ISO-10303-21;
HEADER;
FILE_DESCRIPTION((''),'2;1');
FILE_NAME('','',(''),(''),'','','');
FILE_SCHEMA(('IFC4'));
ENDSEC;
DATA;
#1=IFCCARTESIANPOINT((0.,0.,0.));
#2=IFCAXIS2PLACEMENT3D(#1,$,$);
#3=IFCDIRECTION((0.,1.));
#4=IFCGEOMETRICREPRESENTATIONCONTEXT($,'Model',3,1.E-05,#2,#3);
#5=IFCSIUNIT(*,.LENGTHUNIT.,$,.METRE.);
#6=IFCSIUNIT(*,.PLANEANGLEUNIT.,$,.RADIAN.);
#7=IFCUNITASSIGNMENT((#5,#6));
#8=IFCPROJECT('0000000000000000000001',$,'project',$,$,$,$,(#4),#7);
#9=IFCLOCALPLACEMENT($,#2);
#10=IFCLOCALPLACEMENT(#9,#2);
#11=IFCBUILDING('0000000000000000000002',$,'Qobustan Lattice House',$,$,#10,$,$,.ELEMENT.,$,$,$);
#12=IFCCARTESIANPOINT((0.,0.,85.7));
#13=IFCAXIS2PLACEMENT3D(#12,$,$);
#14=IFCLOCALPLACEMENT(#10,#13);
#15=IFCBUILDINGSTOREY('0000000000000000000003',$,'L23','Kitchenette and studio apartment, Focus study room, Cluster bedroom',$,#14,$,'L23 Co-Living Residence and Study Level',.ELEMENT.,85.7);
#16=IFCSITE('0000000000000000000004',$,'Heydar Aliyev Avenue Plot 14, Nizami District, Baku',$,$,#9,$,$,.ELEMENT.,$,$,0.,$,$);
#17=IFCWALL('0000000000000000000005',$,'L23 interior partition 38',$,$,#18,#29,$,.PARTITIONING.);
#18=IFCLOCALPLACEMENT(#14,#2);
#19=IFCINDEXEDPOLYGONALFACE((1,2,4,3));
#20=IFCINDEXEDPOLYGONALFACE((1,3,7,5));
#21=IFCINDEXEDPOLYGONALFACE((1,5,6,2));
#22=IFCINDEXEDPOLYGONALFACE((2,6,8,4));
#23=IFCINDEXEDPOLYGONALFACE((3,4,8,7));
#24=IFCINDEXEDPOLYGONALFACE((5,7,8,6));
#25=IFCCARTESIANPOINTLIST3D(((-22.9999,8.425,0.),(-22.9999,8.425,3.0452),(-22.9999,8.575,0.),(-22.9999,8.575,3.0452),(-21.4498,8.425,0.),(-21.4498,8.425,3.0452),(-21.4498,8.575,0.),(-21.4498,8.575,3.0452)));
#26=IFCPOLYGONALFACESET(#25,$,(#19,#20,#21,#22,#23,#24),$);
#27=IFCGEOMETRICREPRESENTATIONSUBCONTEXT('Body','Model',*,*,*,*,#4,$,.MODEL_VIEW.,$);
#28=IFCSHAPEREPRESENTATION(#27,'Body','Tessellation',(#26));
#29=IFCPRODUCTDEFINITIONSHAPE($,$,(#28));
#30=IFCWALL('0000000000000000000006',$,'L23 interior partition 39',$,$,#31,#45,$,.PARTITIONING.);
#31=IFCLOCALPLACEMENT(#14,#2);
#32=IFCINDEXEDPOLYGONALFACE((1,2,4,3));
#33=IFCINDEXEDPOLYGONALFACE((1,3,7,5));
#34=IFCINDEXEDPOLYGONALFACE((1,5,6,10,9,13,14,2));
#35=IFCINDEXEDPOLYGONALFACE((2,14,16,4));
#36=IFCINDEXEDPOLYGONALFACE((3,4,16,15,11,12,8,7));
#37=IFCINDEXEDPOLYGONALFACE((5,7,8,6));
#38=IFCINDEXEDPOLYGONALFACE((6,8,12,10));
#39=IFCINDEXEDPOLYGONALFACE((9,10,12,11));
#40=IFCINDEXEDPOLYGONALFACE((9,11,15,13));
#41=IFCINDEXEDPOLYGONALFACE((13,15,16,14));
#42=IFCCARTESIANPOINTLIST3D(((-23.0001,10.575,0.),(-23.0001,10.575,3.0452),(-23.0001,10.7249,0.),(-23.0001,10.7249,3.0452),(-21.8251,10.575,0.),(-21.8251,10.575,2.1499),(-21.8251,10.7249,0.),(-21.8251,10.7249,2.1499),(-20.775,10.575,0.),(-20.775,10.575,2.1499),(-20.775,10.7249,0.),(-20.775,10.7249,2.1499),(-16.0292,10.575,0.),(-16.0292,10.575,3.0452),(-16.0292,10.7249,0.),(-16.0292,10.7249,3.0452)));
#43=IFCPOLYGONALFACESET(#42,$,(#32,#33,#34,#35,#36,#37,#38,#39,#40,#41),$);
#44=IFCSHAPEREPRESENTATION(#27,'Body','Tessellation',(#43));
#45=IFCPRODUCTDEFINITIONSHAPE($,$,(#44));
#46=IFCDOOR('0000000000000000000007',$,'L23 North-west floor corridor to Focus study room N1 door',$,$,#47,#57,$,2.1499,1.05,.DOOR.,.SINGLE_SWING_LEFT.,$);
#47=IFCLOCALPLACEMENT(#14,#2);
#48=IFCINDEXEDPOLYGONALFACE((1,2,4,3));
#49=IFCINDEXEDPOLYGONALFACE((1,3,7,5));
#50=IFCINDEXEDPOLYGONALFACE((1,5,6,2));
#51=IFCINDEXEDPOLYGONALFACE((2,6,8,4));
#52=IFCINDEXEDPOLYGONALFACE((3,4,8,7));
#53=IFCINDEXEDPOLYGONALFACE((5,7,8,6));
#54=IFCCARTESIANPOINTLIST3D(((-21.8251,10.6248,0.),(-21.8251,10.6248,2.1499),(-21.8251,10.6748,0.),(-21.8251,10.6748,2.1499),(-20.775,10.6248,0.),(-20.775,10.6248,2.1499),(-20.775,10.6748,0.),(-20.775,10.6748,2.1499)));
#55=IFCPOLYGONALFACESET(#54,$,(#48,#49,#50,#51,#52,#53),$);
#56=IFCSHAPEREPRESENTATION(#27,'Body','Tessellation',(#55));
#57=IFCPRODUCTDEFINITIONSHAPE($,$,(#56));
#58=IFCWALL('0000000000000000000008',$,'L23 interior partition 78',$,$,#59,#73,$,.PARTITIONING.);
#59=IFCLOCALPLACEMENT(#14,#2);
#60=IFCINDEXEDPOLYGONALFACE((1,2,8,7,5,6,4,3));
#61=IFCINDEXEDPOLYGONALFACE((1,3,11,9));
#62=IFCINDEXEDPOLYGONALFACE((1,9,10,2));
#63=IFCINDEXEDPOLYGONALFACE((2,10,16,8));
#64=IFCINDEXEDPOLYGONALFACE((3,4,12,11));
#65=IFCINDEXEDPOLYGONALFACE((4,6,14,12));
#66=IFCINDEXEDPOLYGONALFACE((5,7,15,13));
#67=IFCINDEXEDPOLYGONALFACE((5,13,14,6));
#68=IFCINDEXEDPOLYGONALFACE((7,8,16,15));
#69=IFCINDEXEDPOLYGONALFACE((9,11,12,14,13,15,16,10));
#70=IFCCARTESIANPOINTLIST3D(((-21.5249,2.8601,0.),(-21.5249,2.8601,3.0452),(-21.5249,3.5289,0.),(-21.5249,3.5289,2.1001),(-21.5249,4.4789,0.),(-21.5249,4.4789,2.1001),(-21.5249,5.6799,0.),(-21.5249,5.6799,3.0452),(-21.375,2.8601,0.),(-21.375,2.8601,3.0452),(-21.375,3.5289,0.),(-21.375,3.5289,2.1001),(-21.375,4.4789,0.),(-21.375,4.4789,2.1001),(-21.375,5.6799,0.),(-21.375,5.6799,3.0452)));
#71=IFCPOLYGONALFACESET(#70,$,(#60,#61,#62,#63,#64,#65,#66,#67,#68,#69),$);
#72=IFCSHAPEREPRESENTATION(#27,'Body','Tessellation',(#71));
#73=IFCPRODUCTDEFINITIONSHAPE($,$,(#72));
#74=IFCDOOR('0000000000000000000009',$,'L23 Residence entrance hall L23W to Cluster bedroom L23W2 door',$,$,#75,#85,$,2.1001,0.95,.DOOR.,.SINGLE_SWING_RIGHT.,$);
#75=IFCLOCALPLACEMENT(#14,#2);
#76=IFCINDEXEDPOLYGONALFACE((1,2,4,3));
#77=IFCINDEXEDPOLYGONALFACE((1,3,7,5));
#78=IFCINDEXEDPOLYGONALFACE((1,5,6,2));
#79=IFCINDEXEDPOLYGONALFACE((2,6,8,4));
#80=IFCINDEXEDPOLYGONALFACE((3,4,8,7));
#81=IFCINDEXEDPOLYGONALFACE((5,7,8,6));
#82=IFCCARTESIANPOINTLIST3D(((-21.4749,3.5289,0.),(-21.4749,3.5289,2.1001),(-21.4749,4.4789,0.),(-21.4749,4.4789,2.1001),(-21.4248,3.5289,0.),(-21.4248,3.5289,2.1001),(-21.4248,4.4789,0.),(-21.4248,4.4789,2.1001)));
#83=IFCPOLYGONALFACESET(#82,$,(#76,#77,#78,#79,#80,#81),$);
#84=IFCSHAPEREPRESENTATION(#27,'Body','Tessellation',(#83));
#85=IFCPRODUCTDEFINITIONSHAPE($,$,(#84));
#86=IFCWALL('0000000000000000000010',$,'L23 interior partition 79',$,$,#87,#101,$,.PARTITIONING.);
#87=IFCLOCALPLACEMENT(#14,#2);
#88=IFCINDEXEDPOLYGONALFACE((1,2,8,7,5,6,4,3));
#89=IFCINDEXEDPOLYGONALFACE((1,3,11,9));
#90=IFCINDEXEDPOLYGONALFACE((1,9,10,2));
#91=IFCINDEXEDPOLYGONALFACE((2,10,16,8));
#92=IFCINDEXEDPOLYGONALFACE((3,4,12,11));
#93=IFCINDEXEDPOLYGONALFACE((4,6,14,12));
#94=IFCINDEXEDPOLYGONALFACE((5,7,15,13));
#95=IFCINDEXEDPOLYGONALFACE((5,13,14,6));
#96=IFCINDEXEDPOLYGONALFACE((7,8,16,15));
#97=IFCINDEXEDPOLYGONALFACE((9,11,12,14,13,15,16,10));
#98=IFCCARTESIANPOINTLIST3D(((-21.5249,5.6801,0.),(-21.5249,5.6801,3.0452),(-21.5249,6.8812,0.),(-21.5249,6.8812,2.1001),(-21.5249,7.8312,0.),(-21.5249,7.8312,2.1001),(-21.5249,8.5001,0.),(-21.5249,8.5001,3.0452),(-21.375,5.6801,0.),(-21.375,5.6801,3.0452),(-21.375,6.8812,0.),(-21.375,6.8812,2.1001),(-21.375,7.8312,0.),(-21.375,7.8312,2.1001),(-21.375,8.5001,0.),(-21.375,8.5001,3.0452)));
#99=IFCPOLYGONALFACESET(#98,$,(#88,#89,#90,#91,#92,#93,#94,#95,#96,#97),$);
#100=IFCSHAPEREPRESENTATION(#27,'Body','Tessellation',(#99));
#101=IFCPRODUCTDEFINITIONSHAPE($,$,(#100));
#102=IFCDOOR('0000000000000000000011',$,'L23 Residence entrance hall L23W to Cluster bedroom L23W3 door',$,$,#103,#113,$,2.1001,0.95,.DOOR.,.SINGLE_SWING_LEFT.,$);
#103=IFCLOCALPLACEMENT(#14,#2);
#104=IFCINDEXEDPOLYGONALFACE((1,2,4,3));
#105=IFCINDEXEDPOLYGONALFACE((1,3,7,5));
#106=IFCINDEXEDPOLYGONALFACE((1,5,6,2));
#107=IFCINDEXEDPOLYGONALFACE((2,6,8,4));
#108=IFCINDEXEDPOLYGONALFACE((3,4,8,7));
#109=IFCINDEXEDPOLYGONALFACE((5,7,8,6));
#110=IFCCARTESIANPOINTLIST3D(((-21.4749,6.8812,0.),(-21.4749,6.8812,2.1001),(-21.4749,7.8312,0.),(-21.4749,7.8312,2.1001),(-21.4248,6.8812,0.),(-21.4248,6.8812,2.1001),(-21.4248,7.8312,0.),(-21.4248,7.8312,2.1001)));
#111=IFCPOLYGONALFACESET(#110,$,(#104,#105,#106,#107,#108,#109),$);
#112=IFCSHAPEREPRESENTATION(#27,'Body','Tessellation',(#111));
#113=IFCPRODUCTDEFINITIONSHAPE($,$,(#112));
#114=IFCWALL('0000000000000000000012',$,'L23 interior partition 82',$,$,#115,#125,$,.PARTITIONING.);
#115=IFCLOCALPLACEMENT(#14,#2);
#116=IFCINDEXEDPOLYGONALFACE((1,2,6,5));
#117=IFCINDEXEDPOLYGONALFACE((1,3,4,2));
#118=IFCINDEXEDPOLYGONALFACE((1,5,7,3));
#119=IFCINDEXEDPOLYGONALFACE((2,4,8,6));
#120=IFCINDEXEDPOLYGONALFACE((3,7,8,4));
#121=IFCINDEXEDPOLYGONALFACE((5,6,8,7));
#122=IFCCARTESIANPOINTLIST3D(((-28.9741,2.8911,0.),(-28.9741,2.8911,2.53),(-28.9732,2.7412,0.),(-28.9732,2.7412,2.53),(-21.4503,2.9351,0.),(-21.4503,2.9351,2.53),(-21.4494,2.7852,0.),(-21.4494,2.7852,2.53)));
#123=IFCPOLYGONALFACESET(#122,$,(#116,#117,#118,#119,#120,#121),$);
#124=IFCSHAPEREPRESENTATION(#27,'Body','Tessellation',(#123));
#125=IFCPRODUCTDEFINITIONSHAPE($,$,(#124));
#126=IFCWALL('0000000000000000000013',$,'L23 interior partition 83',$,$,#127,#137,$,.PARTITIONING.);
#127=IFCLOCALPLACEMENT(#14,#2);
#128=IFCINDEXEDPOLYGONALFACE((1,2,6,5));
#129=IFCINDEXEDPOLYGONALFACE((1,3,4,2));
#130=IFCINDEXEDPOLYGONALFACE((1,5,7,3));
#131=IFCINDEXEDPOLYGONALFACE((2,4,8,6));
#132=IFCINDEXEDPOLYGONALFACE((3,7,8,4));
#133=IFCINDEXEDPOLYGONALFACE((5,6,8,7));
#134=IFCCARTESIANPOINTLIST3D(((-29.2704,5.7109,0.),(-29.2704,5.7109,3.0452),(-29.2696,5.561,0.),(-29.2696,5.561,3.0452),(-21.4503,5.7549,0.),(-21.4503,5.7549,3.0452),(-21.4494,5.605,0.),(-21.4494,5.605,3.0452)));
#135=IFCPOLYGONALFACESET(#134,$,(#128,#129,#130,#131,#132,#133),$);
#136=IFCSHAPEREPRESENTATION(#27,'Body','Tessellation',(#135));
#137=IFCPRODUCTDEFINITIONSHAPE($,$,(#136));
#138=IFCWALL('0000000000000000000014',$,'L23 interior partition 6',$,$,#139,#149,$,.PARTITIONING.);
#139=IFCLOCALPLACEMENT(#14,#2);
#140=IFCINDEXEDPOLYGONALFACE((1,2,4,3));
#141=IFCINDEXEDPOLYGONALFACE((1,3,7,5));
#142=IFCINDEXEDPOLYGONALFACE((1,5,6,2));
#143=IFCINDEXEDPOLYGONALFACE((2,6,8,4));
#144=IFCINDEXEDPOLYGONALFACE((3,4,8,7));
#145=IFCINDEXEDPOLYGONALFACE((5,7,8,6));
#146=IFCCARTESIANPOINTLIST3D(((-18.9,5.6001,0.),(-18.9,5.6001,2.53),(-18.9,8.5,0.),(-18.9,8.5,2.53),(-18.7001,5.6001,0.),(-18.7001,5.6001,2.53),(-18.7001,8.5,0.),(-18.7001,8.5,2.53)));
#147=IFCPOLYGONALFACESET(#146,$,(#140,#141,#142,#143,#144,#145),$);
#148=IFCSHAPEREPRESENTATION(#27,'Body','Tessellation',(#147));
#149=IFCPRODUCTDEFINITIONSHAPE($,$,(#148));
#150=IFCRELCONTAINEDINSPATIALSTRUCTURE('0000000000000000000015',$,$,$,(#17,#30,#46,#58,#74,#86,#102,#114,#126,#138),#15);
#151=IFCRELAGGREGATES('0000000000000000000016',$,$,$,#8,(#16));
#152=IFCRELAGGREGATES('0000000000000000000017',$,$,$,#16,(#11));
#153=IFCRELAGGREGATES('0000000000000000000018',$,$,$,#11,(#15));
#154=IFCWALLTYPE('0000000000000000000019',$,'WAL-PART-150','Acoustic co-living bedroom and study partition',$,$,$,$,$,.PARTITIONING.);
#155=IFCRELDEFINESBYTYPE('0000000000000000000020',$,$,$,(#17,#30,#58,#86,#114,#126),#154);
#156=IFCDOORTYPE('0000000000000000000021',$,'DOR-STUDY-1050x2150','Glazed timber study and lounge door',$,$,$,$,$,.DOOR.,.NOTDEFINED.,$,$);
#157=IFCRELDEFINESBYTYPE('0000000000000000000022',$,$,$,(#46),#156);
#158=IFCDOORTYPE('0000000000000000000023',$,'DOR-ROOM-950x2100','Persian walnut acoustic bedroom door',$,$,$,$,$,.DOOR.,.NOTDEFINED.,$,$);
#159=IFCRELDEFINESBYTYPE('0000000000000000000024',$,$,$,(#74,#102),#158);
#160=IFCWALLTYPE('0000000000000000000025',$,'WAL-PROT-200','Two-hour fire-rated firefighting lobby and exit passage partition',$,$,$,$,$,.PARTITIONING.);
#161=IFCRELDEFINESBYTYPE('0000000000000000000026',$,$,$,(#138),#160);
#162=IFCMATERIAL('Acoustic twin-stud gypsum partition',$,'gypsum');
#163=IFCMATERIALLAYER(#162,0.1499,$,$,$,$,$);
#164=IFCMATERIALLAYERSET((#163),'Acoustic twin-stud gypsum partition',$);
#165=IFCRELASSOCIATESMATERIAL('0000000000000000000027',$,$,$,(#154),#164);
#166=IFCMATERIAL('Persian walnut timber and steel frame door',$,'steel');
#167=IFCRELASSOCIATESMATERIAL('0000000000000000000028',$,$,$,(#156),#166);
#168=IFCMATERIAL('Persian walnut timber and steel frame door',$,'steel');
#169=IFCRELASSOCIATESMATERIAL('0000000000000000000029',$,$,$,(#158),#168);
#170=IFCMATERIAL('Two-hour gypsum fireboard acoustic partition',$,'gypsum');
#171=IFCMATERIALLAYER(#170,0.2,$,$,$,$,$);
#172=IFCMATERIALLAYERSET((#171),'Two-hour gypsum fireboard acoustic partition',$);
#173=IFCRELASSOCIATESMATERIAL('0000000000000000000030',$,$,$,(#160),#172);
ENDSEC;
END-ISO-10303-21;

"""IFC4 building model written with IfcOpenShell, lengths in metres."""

from ifc_helpers import new_model, si_unit, direction, frame, frame_2d, origin, place, context, subcontext, project, spatial, rectangle, extrude, material, layer, layer_set, type_object, element, fill, save


model = new_model("IFC4")

# Units and contexts
model_context = context("Model", 3, precision=1e-05, world=origin(), true_north=direction((0.0, 1.0)))
body_context = subcontext(model_context, "Body", "Model", "MODEL_VIEW")
ifc_project = project(units=[si_unit("LENGTHUNIT", "METRE"), si_unit("PLANEANGLEUNIT", "RADIAN")], contexts=[model_context])

# Site, building, storey
site_placement = place(None, origin())
site = spatial("IfcSite", under=ifc_project, at=site_placement, Name="Heydar Aliyev Avenue Plot 14, Nizami District, Baku", CompositionType="ELEMENT", RefElevation=0.0)
building_placement = place(site_placement, origin())
building = spatial("IfcBuilding", under=site, at=building_placement, Name="Qobustan Lattice House", CompositionType="ELEMENT")
storey_placement = place(building_placement, frame((0.0, 0.0, 85.7)))
storey = spatial("IfcBuildingStorey", under=building, at=storey_placement, Name="L23", Description="Kitchenette and studio apartment, Focus study room, Cluster bedroom", LongName="L23 Co-Living Residence and Study Level", CompositionType="ELEMENT", Elevation=85.7)

# Wall
ifc_material_1 = material(Name="Acoustic twin-stud gypsum partition", Category="gypsum")
ifc_layer_1 = layer(ifc_material_1, 0.1499)
ifc_layer_set_1 = layer_set([ifc_layer_1], Name="Acoustic twin-stud gypsum partition")
wall_type_1 = type_object("IfcWallType", Name="WAL-PART-150", Description="Acoustic co-living bedroom and study partition", PredefinedType="PARTITIONING", material=ifc_layer_set_1)
wall_1_placement = place(storey_placement, frame((-21.45, 8.5, 0.0), z_axis=(0.0, 0.0, 1.0), x_axis=(-1.0, 0.0, 0.0)))
element("IfcWall", 1, at=wall_1_placement, inside=storey, type_object=wall_type_1, Name="L23 interior partition 38", PredefinedType="PARTITIONING", context=body_context, shape_type="SweptSolid", body=[
    extrude(rectangle(XDim=1.55, YDim=0.1499, at=frame_2d((0.7749, 0.0))), origin(), (0.0, 0.0, 1.0), 3.0452),
])

# Walls, openings, doors
wall_2_placement = place(storey_placement, frame((-23.0, 10.6499, 0.0), z_axis=(0.0, 0.0, 1.0), x_axis=(1.0, 0.0, 0.0)))
wall_2 = element("IfcWall", 2, at=wall_2_placement, inside=storey, type_object=wall_type_1, Name="L23 interior partition 39", PredefinedType="PARTITIONING", context=body_context, shape_type="SweptSolid", body=[
    extrude(rectangle(XDim=6.9709, YDim=0.1499, at=frame_2d((3.4854, 0.0))), origin(), (0.0, 0.0, 1.0), 3.0452),
])
opening_1_placement = place(wall_2_placement, frame((1.175, 0.0, 0.0)))
opening_1 = element("IfcOpeningElement", 3, at=opening_1_placement, cuts=wall_2, PredefinedType="OPENING", context=body_context, shape_type="SweptSolid", body=[
    extrude(rectangle(XDim=1.05, YDim=2.1499, at=frame_2d((0.5249, 1.075))), frame((0.0, 0.085, 0.0), z_axis=(0.0, -1.0, 0.0), x_axis=(1.0, 0.0, 0.0)), (0.0, 0.0, 1.0), 0.1699),
])
ifc_material_2 = material(Name="Persian walnut timber and steel frame door", Category="steel")
door_type_1 = type_object("IfcDoorType", Name="DOR-STUDY-1050x2150", Description="Glazed timber study and lounge door", OperationType="NOTDEFINED", PredefinedType="DOOR", material=ifc_material_2)
door_1_placement = place(opening_1_placement, origin())
door_1 = element("IfcDoor", 4, at=door_1_placement, inside=storey, type_object=door_type_1, Name="L23 North-west floor corridor to Focus study room N1 door", OperationType="SINGLE_SWING_LEFT", OverallHeight=2.1499, OverallWidth=1.05, PredefinedType="DOOR", context=body_context, shape_type="SweptSolid", body=[
    extrude(rectangle(XDim=1.05, YDim=2.1499, at=frame_2d((0.5249, 1.075))), frame((0.0, 0.0249, 0.0), z_axis=(0.0, -1.0, 0.0), x_axis=(1.0, 0.0, 0.0)), (0.0, 0.0, 1.0), 0.05),
])
fill(opening_1, door_1)
wall_3_placement = place(storey_placement, frame((-21.45, 2.8601, 0.0), z_axis=(0.0, 0.0, 1.0), x_axis=(0.0, 1.0, 0.0)))
wall_3 = element("IfcWall", 5, at=wall_3_placement, inside=storey, type_object=wall_type_1, Name="L23 interior partition 78", PredefinedType="PARTITIONING", context=body_context, shape_type="SweptSolid", body=[
    extrude(rectangle(XDim=2.8198, YDim=0.1499, at=frame_2d((1.4099, 0.0))), origin(), (0.0, 0.0, 1.0), 3.0452),
])
opening_2_placement = place(wall_3_placement, frame((0.6687, 0.0, 0.0)))
opening_2 = element("IfcOpeningElement", 6, at=opening_2_placement, cuts=wall_3, PredefinedType="OPENING", context=body_context, shape_type="SweptSolid", body=[
    extrude(rectangle(XDim=0.95, YDim=2.1001, at=frame_2d((0.4751, 1.05))), frame((0.0, 0.085, 0.0), z_axis=(0.0, -1.0, 0.0), x_axis=(1.0, 0.0, 0.0)), (0.0, 0.0, 1.0), 0.1699),
])
ifc_material_3 = material(Name="Persian walnut timber and steel frame door", Category="steel")
door_type_2 = type_object("IfcDoorType", Name="DOR-ROOM-950x2100", Description="Persian walnut acoustic bedroom door", OperationType="NOTDEFINED", PredefinedType="DOOR", material=ifc_material_3)
door_2_placement = place(opening_2_placement, origin())
door_2 = element("IfcDoor", 7, at=door_2_placement, inside=storey, type_object=door_type_2, Name="L23 Residence entrance hall L23W to Cluster bedroom L23W2 door", OperationType="SINGLE_SWING_RIGHT", OverallHeight=2.1001, OverallWidth=0.95, PredefinedType="DOOR", context=body_context, shape_type="SweptSolid", body=[
    extrude(rectangle(XDim=0.95, YDim=2.1001, at=frame_2d((0.4751, 1.05))), frame((0.0, 0.0249, 0.0), z_axis=(0.0, -1.0, 0.0), x_axis=(1.0, 0.0, 0.0)), (0.0, 0.0, 1.0), 0.05),
])
fill(opening_2, door_2)
wall_4_placement = place(storey_placement, frame((-21.45, 5.6799, 0.0), z_axis=(0.0, 0.0, 1.0), x_axis=(0.0, 1.0, 0.0)))
wall_4 = element("IfcWall", 8, at=wall_4_placement, inside=storey, type_object=wall_type_1, Name="L23 interior partition 79", PredefinedType="PARTITIONING", context=body_context, shape_type="SweptSolid", body=[
    extrude(rectangle(XDim=2.8201, YDim=0.1499, at=frame_2d((1.4102, 0.0))), origin(), (0.0, 0.0, 1.0), 3.0452),
])
opening_3_placement = place(wall_4_placement, frame((1.2012, 0.0, 0.0)))
opening_3 = element("IfcOpeningElement", 9, at=opening_3_placement, cuts=wall_4, PredefinedType="OPENING", context=body_context, shape_type="SweptSolid", body=[
    extrude(rectangle(XDim=0.95, YDim=2.1001, at=frame_2d((0.4751, 1.05))), frame((0.0, 0.085, 0.0), z_axis=(0.0, -1.0, 0.0), x_axis=(1.0, 0.0, 0.0)), (0.0, 0.0, 1.0), 0.1699),
])
door_3_placement = place(opening_3_placement, origin())
door_3 = element("IfcDoor", 10, at=door_3_placement, inside=storey, type_object=door_type_2, Name="L23 Residence entrance hall L23W to Cluster bedroom L23W3 door", OperationType="SINGLE_SWING_LEFT", OverallHeight=2.1001, OverallWidth=0.95, PredefinedType="DOOR", context=body_context, shape_type="SweptSolid", body=[
    extrude(rectangle(XDim=0.95, YDim=2.1001, at=frame_2d((0.4751, 1.05))), frame((0.0, 0.0249, 0.0), z_axis=(0.0, -1.0, 0.0), x_axis=(1.0, 0.0, 0.0)), (0.0, 0.0, 1.0), 0.05),
])
fill(opening_3, door_3)

# Walls
wall_5_placement = place(storey_placement, frame((-28.9736, 2.8162, 0.0), z_axis=(0.0, 0.0, 1.0), x_axis=(0.999983, 0.005841, 0.0)))
element("IfcWall", 11, at=wall_5_placement, inside=storey, type_object=wall_type_1, Name="L23 interior partition 82", PredefinedType="PARTITIONING", context=body_context, shape_type="SweptSolid", body=[
    extrude(rectangle(XDim=7.5239, YDim=0.1499, at=frame_2d((3.762, 0.0))), origin(), (0.0, 0.0, 1.0), 2.53),
])
wall_6_placement = place(storey_placement, frame((-29.27, 5.636, 0.0), z_axis=(0.0, 0.0, 1.0), x_axis=(0.999984, 0.005619, 0.0)))
element("IfcWall", 12, at=wall_6_placement, inside=storey, type_object=wall_type_1, Name="L23 interior partition 83", PredefinedType="PARTITIONING", context=body_context, shape_type="SweptSolid", body=[
    extrude(rectangle(XDim=7.8203, YDim=0.1499, at=frame_2d((3.9102, 0.0))), origin(), (0.0, 0.0, 1.0), 3.0452),
])
ifc_material_4 = material(Name="Two-hour gypsum fireboard acoustic partition", Category="gypsum")
ifc_layer_2 = layer(ifc_material_4, 0.2)
ifc_layer_set_2 = layer_set([ifc_layer_2], Name="Two-hour gypsum fireboard acoustic partition")
wall_type_2 = type_object("IfcWallType", Name="WAL-PROT-200", Description="Two-hour fire-rated firefighting lobby and exit passage partition", PredefinedType="PARTITIONING", material=ifc_layer_set_2)
wall_7_placement = place(storey_placement, frame((-18.8, 8.5, 0.0), z_axis=(0.0, 0.0, 1.0), x_axis=(0.0, -1.0, 0.0)))
element("IfcWall", 13, at=wall_7_placement, inside=storey, type_object=wall_type_2, Name="L23 interior partition 6", PredefinedType="PARTITIONING", context=body_context, shape_type="SweptSolid", body=[
    extrude(rectangle(XDim=2.8999, YDim=0.2, at=frame_2d((1.45, 0.0))), origin(), (0.0, 0.0, 1.0), 2.53),
])

save(model, "model.ifc")
